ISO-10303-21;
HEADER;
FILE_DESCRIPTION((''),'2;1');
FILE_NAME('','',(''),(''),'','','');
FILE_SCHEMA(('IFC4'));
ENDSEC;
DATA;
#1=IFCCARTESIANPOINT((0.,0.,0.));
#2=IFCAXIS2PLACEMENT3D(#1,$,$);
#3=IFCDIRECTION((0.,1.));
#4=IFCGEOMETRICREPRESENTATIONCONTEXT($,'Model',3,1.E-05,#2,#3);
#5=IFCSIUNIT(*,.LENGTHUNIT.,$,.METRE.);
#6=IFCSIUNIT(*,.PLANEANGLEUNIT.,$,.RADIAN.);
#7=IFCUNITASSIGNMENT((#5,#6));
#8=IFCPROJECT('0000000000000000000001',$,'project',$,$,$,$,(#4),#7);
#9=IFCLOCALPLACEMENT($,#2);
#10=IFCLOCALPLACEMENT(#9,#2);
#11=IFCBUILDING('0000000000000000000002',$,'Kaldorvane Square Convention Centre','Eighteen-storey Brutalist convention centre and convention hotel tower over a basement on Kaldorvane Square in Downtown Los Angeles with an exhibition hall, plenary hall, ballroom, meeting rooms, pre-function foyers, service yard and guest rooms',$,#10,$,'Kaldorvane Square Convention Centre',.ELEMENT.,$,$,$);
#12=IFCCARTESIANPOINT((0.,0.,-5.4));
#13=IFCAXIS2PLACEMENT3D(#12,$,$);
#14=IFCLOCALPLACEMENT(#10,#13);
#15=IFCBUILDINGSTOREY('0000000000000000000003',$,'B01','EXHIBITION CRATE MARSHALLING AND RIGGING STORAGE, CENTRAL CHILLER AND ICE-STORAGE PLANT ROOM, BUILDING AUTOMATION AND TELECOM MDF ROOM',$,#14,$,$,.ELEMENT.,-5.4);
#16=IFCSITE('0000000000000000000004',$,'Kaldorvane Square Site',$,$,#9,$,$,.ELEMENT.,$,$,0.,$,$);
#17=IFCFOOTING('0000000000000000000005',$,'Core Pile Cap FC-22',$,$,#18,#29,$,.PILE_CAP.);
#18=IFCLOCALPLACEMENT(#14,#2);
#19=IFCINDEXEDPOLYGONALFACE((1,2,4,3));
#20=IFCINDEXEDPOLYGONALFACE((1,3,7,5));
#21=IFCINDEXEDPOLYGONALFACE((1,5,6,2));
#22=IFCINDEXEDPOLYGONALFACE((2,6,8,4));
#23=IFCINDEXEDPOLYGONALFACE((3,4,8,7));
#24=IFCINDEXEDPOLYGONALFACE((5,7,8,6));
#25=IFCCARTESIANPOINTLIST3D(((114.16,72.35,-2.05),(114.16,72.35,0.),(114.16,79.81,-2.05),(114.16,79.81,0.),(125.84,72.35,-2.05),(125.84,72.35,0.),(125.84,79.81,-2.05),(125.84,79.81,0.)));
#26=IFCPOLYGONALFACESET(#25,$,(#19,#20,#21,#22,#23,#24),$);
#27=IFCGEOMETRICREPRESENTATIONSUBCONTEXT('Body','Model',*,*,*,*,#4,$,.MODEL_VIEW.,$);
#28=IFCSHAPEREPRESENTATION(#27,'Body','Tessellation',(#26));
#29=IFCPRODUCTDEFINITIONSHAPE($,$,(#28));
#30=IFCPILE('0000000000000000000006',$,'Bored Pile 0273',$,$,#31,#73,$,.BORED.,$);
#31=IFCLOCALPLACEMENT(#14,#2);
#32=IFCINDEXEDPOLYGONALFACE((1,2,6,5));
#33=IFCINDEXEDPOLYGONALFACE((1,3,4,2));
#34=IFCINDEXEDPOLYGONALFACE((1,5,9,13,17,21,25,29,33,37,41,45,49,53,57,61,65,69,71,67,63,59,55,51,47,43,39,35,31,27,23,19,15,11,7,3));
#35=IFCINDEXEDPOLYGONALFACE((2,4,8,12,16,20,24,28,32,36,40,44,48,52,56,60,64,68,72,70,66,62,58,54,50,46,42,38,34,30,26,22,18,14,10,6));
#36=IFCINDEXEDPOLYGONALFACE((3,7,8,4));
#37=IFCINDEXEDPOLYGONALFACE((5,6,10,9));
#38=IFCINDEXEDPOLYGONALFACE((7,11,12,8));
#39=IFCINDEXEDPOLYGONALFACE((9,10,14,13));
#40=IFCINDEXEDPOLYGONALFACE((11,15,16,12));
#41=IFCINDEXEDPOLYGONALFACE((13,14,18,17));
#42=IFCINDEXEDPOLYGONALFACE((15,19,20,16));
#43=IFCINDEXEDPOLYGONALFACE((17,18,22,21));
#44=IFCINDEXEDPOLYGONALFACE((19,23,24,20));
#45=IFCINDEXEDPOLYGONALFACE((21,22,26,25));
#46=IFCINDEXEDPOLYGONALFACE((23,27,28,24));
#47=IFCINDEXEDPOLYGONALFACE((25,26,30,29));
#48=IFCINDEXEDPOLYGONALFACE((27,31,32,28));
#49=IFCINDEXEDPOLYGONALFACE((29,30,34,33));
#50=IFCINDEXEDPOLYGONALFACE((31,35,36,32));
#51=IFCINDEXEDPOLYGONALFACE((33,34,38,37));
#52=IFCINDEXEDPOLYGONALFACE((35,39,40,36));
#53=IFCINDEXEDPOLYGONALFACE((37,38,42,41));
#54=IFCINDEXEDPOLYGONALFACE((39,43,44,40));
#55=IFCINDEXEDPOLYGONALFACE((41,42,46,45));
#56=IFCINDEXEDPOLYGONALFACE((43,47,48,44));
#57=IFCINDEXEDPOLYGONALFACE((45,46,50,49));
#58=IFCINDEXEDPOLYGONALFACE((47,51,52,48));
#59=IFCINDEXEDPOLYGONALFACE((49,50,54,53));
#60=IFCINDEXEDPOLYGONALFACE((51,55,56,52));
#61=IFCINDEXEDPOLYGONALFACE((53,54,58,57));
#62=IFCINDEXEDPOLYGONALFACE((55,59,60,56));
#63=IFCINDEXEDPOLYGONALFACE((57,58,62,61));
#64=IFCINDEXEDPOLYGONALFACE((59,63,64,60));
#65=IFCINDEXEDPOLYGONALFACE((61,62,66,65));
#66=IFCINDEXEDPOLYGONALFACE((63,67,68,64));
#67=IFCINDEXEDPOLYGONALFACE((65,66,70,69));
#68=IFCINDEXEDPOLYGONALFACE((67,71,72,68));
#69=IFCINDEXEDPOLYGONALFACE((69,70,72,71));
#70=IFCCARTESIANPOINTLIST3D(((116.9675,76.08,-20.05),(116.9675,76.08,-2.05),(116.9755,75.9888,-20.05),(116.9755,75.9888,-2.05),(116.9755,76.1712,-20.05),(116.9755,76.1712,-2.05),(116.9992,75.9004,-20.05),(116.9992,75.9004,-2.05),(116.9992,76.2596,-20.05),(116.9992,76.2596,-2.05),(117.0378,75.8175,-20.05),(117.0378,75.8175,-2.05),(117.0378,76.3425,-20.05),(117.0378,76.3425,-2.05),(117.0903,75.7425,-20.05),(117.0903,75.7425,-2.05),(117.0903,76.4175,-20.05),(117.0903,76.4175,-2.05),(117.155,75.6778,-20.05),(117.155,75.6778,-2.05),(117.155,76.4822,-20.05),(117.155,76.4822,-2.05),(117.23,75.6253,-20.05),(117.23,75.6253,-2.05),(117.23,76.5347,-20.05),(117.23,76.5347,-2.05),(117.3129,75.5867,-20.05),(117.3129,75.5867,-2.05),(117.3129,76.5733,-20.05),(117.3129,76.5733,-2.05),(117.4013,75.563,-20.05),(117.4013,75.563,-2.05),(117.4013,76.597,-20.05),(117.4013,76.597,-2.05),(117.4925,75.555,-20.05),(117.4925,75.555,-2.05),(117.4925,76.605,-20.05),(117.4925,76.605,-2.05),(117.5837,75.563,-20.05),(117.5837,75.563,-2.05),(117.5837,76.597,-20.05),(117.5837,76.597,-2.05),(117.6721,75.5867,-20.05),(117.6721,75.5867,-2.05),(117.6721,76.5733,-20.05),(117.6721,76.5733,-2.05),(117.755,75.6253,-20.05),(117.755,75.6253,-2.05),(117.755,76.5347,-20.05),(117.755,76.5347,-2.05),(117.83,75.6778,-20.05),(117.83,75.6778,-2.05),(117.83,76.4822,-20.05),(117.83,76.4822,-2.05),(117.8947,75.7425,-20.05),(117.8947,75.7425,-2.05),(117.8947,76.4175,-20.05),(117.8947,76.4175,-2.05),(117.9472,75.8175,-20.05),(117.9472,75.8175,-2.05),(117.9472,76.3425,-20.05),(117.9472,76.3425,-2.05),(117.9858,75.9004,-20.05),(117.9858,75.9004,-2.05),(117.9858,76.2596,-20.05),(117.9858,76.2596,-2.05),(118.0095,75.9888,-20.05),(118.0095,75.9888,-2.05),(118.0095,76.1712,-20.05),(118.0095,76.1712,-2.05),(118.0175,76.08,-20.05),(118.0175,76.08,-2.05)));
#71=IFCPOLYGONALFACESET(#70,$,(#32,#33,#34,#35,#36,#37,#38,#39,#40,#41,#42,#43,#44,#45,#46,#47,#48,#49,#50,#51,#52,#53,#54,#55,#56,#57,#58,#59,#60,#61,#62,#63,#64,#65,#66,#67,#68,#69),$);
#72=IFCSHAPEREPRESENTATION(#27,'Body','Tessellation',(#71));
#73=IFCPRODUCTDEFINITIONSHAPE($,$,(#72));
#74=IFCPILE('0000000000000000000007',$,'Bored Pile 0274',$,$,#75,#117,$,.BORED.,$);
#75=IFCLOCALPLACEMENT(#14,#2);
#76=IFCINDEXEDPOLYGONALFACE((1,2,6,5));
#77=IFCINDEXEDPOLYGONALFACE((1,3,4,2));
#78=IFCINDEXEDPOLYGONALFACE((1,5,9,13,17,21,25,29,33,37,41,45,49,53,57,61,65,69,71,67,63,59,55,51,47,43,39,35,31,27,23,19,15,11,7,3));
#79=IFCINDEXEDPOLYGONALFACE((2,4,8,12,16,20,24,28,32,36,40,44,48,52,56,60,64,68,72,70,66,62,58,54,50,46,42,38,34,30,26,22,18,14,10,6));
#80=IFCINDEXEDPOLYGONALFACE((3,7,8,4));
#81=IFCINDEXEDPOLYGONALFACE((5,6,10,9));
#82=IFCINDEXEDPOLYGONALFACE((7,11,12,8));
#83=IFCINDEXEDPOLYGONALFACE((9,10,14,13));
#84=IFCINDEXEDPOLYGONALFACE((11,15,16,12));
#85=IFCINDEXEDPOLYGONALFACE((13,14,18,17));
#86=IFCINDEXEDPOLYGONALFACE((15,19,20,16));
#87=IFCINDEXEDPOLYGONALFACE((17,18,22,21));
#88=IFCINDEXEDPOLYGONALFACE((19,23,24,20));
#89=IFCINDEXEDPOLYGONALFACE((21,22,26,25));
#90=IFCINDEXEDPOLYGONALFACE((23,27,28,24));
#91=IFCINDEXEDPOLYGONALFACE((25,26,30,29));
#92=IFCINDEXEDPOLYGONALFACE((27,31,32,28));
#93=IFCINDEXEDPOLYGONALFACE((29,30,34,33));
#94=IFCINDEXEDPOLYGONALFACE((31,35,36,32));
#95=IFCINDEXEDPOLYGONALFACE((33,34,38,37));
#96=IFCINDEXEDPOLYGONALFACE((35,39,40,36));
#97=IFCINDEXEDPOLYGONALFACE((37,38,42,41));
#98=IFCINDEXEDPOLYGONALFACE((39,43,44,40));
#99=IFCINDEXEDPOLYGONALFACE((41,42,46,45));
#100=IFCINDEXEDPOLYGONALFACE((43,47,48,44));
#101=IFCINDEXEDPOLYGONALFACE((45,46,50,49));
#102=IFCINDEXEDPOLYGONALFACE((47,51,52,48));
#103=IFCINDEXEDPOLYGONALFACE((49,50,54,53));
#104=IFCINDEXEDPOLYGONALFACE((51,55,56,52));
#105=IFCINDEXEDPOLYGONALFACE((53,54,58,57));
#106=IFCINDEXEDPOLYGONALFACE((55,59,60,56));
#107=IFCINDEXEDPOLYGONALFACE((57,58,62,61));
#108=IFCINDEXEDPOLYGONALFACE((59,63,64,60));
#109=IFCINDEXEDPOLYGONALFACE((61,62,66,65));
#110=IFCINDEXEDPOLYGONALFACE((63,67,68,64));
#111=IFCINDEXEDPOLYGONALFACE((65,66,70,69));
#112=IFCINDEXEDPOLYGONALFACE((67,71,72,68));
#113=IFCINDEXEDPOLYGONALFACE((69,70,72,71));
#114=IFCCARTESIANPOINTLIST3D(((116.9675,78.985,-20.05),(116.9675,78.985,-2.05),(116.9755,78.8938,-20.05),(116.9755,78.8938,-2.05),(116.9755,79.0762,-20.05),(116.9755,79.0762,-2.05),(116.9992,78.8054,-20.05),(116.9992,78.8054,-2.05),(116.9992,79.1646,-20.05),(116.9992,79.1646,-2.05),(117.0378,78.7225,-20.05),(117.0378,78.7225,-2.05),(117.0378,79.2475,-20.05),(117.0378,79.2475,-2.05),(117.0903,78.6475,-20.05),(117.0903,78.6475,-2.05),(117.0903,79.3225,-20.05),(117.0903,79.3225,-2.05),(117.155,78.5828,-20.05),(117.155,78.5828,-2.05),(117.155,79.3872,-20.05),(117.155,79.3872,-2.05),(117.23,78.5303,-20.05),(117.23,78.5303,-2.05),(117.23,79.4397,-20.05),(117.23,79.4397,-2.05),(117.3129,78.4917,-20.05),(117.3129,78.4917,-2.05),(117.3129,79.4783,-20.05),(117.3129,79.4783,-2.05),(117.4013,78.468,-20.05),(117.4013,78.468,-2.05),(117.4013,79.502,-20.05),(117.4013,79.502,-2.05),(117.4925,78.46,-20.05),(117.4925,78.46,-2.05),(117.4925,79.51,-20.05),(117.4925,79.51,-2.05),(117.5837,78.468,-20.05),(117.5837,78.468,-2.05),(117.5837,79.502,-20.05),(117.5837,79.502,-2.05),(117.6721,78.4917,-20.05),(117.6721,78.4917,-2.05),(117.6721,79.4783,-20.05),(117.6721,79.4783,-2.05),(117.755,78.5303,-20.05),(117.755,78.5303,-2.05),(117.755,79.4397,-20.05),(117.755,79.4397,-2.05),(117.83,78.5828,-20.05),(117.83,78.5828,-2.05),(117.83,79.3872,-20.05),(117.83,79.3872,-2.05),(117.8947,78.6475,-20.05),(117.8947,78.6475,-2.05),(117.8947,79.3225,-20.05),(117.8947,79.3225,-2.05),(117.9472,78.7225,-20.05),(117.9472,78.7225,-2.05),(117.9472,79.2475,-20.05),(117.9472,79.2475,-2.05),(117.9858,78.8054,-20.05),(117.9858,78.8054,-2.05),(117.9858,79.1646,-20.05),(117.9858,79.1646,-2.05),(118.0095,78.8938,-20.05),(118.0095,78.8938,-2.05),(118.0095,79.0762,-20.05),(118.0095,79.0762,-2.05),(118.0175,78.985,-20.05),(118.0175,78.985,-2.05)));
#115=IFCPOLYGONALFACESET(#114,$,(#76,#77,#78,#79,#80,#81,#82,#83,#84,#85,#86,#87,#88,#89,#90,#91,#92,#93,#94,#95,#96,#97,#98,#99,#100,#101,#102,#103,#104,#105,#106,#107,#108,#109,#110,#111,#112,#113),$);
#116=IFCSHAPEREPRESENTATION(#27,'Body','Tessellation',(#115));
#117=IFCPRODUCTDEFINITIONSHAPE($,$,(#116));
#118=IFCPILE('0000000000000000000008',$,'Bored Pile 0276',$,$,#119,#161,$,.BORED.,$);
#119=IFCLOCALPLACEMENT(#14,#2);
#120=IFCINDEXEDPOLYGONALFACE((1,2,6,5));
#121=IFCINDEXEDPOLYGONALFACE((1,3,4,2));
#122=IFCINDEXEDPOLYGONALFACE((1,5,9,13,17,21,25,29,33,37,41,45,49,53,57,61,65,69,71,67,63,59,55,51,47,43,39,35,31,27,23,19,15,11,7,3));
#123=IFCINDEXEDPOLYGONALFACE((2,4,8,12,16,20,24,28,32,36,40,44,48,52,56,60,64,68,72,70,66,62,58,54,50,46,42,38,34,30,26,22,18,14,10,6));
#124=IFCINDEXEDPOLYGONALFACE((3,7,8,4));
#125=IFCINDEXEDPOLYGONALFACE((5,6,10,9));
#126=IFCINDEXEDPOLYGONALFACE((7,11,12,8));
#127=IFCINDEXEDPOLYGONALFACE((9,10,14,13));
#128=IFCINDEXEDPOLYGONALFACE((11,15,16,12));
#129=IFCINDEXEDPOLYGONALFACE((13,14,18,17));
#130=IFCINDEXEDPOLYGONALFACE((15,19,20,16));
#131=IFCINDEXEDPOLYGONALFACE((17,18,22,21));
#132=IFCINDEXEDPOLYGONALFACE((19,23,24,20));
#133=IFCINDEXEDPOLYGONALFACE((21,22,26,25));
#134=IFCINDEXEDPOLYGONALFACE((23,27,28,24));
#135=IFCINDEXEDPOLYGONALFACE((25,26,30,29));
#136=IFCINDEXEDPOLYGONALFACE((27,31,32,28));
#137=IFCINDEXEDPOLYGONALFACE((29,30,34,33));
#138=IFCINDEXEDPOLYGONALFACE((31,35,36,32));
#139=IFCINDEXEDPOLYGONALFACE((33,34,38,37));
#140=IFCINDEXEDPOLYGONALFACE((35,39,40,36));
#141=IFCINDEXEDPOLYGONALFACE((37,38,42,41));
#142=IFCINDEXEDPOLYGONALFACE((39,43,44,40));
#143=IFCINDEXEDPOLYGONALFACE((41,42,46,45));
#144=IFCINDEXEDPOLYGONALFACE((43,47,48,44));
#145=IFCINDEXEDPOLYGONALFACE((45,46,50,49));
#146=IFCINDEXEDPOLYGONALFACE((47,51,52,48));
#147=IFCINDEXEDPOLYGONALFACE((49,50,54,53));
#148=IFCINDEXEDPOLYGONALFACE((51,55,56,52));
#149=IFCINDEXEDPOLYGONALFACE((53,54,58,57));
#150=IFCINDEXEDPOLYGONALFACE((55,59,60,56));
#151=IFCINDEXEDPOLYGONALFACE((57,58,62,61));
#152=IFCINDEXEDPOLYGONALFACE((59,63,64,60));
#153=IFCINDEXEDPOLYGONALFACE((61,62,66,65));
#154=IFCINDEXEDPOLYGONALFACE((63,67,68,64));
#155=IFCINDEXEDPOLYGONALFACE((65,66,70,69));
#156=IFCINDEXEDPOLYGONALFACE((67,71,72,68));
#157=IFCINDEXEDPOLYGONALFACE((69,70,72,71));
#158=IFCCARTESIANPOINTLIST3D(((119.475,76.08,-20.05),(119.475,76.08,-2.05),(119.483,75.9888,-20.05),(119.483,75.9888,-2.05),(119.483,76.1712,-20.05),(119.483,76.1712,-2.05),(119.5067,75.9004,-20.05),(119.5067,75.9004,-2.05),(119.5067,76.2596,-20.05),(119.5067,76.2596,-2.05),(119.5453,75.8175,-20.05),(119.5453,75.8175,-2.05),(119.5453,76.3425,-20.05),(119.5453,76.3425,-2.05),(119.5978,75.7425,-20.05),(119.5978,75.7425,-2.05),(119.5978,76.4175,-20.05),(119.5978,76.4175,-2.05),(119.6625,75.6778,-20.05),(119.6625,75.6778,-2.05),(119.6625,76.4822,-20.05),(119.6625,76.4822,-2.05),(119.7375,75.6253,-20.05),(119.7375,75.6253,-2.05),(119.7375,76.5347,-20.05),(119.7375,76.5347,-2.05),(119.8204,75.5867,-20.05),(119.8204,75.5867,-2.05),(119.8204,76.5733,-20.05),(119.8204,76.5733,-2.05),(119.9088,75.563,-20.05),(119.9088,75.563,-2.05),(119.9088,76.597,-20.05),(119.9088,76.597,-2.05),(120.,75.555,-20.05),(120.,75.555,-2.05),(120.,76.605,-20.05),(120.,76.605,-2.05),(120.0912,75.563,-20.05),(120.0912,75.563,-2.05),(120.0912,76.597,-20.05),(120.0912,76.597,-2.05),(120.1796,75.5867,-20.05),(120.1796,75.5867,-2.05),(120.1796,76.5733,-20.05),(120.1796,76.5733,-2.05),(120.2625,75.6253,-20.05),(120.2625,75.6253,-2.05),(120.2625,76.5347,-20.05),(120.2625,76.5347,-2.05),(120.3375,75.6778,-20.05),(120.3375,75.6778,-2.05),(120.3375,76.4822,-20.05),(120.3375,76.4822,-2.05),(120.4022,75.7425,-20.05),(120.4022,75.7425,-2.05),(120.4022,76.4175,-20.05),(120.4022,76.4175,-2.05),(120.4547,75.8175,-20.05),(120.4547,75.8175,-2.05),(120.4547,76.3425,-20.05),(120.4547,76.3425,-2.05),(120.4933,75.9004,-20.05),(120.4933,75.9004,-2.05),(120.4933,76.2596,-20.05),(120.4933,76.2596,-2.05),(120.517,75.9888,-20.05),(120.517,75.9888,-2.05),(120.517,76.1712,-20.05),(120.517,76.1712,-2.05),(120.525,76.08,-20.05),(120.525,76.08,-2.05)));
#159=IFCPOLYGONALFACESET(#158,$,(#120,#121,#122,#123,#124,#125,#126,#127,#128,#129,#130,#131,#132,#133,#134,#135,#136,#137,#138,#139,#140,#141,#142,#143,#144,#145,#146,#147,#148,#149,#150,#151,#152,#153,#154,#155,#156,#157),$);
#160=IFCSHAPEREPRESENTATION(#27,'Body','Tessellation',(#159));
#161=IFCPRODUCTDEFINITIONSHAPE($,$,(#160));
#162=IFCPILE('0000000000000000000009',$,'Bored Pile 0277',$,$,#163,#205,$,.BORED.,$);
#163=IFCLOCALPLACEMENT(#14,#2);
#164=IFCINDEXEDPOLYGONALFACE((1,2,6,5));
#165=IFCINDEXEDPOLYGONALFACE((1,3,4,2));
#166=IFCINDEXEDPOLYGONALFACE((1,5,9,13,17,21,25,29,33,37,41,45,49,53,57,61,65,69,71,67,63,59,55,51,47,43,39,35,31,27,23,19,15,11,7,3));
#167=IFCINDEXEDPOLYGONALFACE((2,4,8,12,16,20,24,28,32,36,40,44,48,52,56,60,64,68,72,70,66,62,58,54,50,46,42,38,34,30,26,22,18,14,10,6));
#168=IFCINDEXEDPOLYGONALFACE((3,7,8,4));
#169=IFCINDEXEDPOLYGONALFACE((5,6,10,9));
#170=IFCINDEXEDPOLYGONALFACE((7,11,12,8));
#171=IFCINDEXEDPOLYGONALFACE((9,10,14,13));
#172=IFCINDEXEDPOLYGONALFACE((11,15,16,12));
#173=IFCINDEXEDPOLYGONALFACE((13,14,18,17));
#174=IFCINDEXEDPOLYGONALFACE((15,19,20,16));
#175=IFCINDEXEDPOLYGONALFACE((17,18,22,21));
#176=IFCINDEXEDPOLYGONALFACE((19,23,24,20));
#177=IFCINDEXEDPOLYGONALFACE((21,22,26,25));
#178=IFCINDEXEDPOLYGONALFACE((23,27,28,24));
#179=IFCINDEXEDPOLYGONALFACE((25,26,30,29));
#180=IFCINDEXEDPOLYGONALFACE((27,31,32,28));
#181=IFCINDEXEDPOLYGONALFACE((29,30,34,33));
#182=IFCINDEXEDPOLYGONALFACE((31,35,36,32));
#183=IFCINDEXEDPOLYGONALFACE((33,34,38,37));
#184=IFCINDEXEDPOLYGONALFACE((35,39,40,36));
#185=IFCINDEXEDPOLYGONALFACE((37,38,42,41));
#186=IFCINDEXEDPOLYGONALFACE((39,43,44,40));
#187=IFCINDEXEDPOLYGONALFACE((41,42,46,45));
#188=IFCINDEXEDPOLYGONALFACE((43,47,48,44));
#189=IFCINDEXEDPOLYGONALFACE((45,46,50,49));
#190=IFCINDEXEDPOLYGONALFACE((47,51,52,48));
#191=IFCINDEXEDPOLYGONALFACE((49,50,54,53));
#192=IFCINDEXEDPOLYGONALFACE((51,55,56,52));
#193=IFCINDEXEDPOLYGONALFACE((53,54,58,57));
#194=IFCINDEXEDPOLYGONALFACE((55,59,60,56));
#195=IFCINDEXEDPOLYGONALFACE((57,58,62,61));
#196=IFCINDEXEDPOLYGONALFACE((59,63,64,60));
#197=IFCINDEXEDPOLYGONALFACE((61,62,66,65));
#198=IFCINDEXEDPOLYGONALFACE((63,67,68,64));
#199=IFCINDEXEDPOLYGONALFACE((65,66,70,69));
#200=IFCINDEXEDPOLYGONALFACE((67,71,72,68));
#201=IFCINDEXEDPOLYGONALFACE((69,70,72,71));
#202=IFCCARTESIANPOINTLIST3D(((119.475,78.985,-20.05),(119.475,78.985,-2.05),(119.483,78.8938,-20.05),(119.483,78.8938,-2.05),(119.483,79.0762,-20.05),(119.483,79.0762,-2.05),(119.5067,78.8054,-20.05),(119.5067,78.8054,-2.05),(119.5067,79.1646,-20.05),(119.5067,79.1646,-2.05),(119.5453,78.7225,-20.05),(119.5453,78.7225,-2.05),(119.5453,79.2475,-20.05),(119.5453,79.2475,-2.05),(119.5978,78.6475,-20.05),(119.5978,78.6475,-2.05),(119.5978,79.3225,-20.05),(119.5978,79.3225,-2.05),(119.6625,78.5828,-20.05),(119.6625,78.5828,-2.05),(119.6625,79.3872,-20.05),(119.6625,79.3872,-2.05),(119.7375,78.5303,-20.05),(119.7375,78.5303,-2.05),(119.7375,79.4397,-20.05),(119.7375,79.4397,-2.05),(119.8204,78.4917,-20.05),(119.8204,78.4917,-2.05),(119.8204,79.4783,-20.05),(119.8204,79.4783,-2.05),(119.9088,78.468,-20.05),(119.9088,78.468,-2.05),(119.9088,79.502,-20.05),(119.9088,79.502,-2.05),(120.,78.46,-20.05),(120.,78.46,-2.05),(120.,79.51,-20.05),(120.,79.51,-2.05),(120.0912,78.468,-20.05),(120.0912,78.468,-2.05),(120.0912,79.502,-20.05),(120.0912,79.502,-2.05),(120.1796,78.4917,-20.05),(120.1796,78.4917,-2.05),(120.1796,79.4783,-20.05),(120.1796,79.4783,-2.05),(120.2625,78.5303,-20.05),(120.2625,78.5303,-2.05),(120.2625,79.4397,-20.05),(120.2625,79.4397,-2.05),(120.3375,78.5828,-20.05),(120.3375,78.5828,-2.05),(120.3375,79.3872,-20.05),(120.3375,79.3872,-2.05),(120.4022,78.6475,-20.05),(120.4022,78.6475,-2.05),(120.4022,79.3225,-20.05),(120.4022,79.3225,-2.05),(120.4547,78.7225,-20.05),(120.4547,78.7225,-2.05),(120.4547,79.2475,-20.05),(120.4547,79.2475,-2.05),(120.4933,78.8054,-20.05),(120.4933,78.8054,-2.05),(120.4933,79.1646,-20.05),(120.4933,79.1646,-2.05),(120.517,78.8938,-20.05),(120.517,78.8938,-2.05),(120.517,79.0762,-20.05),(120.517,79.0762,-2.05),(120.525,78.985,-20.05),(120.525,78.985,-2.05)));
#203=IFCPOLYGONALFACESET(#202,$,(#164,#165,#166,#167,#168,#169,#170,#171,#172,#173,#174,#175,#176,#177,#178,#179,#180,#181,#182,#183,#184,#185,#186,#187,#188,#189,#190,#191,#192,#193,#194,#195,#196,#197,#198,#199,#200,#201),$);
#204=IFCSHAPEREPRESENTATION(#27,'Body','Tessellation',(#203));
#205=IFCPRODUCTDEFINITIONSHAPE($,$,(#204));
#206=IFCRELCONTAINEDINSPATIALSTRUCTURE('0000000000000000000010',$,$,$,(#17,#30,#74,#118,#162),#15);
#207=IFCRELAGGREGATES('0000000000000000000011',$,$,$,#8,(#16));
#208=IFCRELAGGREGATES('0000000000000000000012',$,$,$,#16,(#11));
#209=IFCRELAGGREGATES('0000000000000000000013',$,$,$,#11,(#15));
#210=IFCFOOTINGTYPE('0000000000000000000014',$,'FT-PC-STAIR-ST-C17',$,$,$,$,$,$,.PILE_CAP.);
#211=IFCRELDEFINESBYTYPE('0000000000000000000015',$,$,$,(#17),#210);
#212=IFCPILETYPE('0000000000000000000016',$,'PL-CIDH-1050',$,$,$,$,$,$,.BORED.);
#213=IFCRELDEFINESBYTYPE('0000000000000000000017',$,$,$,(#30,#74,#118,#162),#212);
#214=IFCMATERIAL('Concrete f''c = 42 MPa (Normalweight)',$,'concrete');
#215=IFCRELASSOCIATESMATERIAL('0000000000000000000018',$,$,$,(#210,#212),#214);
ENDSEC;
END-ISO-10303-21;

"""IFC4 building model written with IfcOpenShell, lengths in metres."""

from ifc_helpers import new_model, si_unit, direction, frame, origin, origin_2d, place, context, subcontext, project, spatial, rectangle, circle, extrude, material, material_profile, profile_set, type_object, element, save


model = new_model("IFC4")

# Units and contexts
model_context = context("Model", 3, precision=1e-05, world=origin(), true_north=direction((0.0, 1.0)))
body_context = subcontext(model_context, "Body", "Model", "MODEL_VIEW")
ifc_project = project(units=[si_unit("LENGTHUNIT", "METRE"), si_unit("PLANEANGLEUNIT", "RADIAN")], contexts=[model_context])

# Site, building, storey
site_placement = place(None, origin())
site = spatial("IfcSite", under=ifc_project, at=site_placement, Name="Kaldorvane Square Site", CompositionType="ELEMENT", RefElevation=0.0)
building_placement = place(site_placement, origin())
building = spatial("IfcBuilding", under=site, at=building_placement, Name="Kaldorvane Square Convention Centre", Description="Eighteen-storey Brutalist convention centre and convention hotel tower over a basement on Kaldorvane Square in Downtown Los Angeles with an exhibition hall, plenary hall, ballroom, meeting rooms, pre-function foyers, service yard and guest rooms", LongName="Kaldorvane Square Convention Centre", CompositionType="ELEMENT")
storey_placement = place(building_placement, frame((0.0, 0.0, -5.4)))
storey = spatial("IfcBuildingStorey", under=building, at=storey_placement, Name="B01", Description="EXHIBITION CRATE MARSHALLING AND RIGGING STORAGE, CENTRAL CHILLER AND ICE-STORAGE PLANT ROOM, BUILDING AUTOMATION AND TELECOM MDF ROOM", CompositionType="ELEMENT", Elevation=-5.4)

# Footing
ifc_material_1 = material(Name="Concrete f'c = 42 MPa (Normalweight)", Category="concrete")
footing_type = type_object("IfcFootingType", Name="FT-PC-STAIR-ST-C17", PredefinedType="PILE_CAP", material=ifc_material_1)
footing_placement = place(storey_placement, frame((120.0, 76.08, -2.05), z_axis=(0.0, 0.0, 1.0), x_axis=(1.0, 0.0, 0.0)))
element("IfcFooting", 1, at=footing_placement, inside=storey, type_object=footing_type, Name="Core Pile Cap FC-22", PredefinedType="PILE_CAP", context=body_context, shape_type="SweptSolid", body=[
    extrude(rectangle(XDim=11.68, YDim=7.46, at=origin_2d()), origin(), (0.0, 0.0, 1.0), 2.05),
])

# Piles
ifc_material_profile_1 = material_profile(ifc_material_1, circle(Radius=0.525, at=origin_2d()), Name="PILE-D1050")
ifc_profile_set_1 = profile_set([ifc_material_profile_1], Name="Concrete f'c = 42 MPa (Normalweight)")
pile_type = type_object("IfcPileType", Name="PL-CIDH-1050", PredefinedType="BORED", material=ifc_profile_set_1)
for number, where, z_axis, x_axis, name in (
    (2, (117.4925, 76.08, -2.05), (0.0, 0.0, -1.0), (1.0, 0.0, 0.0), "Bored Pile 0273"),
    (3, (117.4925, 78.985, -2.05), (0.0, 0.0, -1.0), (1.0, 0.0, 0.0), "Bored Pile 0274"),
    (4, (120.0, 76.08, -2.05), (0.0, 0.0, -1.0), (1.0, 0.0, 0.0), "Bored Pile 0276"),
    (5, (120.0, 78.985, -2.05), (0.0, 0.0, -1.0), (1.0, 0.0, 0.0), "Bored Pile 0277"),
):
    element("IfcPile", number, at=place(storey_placement, frame(where, z_axis=z_axis, x_axis=x_axis)), inside=storey, type_object=pile_type, Name=name, PredefinedType="BORED", context=body_context, shape_type="SweptSolid", body=[
        extrude(circle(Radius=0.525, at=origin_2d()), origin(), (0.0, 0.0, 1.0), 18.0),
    ])

save(model, "model.ifc")
